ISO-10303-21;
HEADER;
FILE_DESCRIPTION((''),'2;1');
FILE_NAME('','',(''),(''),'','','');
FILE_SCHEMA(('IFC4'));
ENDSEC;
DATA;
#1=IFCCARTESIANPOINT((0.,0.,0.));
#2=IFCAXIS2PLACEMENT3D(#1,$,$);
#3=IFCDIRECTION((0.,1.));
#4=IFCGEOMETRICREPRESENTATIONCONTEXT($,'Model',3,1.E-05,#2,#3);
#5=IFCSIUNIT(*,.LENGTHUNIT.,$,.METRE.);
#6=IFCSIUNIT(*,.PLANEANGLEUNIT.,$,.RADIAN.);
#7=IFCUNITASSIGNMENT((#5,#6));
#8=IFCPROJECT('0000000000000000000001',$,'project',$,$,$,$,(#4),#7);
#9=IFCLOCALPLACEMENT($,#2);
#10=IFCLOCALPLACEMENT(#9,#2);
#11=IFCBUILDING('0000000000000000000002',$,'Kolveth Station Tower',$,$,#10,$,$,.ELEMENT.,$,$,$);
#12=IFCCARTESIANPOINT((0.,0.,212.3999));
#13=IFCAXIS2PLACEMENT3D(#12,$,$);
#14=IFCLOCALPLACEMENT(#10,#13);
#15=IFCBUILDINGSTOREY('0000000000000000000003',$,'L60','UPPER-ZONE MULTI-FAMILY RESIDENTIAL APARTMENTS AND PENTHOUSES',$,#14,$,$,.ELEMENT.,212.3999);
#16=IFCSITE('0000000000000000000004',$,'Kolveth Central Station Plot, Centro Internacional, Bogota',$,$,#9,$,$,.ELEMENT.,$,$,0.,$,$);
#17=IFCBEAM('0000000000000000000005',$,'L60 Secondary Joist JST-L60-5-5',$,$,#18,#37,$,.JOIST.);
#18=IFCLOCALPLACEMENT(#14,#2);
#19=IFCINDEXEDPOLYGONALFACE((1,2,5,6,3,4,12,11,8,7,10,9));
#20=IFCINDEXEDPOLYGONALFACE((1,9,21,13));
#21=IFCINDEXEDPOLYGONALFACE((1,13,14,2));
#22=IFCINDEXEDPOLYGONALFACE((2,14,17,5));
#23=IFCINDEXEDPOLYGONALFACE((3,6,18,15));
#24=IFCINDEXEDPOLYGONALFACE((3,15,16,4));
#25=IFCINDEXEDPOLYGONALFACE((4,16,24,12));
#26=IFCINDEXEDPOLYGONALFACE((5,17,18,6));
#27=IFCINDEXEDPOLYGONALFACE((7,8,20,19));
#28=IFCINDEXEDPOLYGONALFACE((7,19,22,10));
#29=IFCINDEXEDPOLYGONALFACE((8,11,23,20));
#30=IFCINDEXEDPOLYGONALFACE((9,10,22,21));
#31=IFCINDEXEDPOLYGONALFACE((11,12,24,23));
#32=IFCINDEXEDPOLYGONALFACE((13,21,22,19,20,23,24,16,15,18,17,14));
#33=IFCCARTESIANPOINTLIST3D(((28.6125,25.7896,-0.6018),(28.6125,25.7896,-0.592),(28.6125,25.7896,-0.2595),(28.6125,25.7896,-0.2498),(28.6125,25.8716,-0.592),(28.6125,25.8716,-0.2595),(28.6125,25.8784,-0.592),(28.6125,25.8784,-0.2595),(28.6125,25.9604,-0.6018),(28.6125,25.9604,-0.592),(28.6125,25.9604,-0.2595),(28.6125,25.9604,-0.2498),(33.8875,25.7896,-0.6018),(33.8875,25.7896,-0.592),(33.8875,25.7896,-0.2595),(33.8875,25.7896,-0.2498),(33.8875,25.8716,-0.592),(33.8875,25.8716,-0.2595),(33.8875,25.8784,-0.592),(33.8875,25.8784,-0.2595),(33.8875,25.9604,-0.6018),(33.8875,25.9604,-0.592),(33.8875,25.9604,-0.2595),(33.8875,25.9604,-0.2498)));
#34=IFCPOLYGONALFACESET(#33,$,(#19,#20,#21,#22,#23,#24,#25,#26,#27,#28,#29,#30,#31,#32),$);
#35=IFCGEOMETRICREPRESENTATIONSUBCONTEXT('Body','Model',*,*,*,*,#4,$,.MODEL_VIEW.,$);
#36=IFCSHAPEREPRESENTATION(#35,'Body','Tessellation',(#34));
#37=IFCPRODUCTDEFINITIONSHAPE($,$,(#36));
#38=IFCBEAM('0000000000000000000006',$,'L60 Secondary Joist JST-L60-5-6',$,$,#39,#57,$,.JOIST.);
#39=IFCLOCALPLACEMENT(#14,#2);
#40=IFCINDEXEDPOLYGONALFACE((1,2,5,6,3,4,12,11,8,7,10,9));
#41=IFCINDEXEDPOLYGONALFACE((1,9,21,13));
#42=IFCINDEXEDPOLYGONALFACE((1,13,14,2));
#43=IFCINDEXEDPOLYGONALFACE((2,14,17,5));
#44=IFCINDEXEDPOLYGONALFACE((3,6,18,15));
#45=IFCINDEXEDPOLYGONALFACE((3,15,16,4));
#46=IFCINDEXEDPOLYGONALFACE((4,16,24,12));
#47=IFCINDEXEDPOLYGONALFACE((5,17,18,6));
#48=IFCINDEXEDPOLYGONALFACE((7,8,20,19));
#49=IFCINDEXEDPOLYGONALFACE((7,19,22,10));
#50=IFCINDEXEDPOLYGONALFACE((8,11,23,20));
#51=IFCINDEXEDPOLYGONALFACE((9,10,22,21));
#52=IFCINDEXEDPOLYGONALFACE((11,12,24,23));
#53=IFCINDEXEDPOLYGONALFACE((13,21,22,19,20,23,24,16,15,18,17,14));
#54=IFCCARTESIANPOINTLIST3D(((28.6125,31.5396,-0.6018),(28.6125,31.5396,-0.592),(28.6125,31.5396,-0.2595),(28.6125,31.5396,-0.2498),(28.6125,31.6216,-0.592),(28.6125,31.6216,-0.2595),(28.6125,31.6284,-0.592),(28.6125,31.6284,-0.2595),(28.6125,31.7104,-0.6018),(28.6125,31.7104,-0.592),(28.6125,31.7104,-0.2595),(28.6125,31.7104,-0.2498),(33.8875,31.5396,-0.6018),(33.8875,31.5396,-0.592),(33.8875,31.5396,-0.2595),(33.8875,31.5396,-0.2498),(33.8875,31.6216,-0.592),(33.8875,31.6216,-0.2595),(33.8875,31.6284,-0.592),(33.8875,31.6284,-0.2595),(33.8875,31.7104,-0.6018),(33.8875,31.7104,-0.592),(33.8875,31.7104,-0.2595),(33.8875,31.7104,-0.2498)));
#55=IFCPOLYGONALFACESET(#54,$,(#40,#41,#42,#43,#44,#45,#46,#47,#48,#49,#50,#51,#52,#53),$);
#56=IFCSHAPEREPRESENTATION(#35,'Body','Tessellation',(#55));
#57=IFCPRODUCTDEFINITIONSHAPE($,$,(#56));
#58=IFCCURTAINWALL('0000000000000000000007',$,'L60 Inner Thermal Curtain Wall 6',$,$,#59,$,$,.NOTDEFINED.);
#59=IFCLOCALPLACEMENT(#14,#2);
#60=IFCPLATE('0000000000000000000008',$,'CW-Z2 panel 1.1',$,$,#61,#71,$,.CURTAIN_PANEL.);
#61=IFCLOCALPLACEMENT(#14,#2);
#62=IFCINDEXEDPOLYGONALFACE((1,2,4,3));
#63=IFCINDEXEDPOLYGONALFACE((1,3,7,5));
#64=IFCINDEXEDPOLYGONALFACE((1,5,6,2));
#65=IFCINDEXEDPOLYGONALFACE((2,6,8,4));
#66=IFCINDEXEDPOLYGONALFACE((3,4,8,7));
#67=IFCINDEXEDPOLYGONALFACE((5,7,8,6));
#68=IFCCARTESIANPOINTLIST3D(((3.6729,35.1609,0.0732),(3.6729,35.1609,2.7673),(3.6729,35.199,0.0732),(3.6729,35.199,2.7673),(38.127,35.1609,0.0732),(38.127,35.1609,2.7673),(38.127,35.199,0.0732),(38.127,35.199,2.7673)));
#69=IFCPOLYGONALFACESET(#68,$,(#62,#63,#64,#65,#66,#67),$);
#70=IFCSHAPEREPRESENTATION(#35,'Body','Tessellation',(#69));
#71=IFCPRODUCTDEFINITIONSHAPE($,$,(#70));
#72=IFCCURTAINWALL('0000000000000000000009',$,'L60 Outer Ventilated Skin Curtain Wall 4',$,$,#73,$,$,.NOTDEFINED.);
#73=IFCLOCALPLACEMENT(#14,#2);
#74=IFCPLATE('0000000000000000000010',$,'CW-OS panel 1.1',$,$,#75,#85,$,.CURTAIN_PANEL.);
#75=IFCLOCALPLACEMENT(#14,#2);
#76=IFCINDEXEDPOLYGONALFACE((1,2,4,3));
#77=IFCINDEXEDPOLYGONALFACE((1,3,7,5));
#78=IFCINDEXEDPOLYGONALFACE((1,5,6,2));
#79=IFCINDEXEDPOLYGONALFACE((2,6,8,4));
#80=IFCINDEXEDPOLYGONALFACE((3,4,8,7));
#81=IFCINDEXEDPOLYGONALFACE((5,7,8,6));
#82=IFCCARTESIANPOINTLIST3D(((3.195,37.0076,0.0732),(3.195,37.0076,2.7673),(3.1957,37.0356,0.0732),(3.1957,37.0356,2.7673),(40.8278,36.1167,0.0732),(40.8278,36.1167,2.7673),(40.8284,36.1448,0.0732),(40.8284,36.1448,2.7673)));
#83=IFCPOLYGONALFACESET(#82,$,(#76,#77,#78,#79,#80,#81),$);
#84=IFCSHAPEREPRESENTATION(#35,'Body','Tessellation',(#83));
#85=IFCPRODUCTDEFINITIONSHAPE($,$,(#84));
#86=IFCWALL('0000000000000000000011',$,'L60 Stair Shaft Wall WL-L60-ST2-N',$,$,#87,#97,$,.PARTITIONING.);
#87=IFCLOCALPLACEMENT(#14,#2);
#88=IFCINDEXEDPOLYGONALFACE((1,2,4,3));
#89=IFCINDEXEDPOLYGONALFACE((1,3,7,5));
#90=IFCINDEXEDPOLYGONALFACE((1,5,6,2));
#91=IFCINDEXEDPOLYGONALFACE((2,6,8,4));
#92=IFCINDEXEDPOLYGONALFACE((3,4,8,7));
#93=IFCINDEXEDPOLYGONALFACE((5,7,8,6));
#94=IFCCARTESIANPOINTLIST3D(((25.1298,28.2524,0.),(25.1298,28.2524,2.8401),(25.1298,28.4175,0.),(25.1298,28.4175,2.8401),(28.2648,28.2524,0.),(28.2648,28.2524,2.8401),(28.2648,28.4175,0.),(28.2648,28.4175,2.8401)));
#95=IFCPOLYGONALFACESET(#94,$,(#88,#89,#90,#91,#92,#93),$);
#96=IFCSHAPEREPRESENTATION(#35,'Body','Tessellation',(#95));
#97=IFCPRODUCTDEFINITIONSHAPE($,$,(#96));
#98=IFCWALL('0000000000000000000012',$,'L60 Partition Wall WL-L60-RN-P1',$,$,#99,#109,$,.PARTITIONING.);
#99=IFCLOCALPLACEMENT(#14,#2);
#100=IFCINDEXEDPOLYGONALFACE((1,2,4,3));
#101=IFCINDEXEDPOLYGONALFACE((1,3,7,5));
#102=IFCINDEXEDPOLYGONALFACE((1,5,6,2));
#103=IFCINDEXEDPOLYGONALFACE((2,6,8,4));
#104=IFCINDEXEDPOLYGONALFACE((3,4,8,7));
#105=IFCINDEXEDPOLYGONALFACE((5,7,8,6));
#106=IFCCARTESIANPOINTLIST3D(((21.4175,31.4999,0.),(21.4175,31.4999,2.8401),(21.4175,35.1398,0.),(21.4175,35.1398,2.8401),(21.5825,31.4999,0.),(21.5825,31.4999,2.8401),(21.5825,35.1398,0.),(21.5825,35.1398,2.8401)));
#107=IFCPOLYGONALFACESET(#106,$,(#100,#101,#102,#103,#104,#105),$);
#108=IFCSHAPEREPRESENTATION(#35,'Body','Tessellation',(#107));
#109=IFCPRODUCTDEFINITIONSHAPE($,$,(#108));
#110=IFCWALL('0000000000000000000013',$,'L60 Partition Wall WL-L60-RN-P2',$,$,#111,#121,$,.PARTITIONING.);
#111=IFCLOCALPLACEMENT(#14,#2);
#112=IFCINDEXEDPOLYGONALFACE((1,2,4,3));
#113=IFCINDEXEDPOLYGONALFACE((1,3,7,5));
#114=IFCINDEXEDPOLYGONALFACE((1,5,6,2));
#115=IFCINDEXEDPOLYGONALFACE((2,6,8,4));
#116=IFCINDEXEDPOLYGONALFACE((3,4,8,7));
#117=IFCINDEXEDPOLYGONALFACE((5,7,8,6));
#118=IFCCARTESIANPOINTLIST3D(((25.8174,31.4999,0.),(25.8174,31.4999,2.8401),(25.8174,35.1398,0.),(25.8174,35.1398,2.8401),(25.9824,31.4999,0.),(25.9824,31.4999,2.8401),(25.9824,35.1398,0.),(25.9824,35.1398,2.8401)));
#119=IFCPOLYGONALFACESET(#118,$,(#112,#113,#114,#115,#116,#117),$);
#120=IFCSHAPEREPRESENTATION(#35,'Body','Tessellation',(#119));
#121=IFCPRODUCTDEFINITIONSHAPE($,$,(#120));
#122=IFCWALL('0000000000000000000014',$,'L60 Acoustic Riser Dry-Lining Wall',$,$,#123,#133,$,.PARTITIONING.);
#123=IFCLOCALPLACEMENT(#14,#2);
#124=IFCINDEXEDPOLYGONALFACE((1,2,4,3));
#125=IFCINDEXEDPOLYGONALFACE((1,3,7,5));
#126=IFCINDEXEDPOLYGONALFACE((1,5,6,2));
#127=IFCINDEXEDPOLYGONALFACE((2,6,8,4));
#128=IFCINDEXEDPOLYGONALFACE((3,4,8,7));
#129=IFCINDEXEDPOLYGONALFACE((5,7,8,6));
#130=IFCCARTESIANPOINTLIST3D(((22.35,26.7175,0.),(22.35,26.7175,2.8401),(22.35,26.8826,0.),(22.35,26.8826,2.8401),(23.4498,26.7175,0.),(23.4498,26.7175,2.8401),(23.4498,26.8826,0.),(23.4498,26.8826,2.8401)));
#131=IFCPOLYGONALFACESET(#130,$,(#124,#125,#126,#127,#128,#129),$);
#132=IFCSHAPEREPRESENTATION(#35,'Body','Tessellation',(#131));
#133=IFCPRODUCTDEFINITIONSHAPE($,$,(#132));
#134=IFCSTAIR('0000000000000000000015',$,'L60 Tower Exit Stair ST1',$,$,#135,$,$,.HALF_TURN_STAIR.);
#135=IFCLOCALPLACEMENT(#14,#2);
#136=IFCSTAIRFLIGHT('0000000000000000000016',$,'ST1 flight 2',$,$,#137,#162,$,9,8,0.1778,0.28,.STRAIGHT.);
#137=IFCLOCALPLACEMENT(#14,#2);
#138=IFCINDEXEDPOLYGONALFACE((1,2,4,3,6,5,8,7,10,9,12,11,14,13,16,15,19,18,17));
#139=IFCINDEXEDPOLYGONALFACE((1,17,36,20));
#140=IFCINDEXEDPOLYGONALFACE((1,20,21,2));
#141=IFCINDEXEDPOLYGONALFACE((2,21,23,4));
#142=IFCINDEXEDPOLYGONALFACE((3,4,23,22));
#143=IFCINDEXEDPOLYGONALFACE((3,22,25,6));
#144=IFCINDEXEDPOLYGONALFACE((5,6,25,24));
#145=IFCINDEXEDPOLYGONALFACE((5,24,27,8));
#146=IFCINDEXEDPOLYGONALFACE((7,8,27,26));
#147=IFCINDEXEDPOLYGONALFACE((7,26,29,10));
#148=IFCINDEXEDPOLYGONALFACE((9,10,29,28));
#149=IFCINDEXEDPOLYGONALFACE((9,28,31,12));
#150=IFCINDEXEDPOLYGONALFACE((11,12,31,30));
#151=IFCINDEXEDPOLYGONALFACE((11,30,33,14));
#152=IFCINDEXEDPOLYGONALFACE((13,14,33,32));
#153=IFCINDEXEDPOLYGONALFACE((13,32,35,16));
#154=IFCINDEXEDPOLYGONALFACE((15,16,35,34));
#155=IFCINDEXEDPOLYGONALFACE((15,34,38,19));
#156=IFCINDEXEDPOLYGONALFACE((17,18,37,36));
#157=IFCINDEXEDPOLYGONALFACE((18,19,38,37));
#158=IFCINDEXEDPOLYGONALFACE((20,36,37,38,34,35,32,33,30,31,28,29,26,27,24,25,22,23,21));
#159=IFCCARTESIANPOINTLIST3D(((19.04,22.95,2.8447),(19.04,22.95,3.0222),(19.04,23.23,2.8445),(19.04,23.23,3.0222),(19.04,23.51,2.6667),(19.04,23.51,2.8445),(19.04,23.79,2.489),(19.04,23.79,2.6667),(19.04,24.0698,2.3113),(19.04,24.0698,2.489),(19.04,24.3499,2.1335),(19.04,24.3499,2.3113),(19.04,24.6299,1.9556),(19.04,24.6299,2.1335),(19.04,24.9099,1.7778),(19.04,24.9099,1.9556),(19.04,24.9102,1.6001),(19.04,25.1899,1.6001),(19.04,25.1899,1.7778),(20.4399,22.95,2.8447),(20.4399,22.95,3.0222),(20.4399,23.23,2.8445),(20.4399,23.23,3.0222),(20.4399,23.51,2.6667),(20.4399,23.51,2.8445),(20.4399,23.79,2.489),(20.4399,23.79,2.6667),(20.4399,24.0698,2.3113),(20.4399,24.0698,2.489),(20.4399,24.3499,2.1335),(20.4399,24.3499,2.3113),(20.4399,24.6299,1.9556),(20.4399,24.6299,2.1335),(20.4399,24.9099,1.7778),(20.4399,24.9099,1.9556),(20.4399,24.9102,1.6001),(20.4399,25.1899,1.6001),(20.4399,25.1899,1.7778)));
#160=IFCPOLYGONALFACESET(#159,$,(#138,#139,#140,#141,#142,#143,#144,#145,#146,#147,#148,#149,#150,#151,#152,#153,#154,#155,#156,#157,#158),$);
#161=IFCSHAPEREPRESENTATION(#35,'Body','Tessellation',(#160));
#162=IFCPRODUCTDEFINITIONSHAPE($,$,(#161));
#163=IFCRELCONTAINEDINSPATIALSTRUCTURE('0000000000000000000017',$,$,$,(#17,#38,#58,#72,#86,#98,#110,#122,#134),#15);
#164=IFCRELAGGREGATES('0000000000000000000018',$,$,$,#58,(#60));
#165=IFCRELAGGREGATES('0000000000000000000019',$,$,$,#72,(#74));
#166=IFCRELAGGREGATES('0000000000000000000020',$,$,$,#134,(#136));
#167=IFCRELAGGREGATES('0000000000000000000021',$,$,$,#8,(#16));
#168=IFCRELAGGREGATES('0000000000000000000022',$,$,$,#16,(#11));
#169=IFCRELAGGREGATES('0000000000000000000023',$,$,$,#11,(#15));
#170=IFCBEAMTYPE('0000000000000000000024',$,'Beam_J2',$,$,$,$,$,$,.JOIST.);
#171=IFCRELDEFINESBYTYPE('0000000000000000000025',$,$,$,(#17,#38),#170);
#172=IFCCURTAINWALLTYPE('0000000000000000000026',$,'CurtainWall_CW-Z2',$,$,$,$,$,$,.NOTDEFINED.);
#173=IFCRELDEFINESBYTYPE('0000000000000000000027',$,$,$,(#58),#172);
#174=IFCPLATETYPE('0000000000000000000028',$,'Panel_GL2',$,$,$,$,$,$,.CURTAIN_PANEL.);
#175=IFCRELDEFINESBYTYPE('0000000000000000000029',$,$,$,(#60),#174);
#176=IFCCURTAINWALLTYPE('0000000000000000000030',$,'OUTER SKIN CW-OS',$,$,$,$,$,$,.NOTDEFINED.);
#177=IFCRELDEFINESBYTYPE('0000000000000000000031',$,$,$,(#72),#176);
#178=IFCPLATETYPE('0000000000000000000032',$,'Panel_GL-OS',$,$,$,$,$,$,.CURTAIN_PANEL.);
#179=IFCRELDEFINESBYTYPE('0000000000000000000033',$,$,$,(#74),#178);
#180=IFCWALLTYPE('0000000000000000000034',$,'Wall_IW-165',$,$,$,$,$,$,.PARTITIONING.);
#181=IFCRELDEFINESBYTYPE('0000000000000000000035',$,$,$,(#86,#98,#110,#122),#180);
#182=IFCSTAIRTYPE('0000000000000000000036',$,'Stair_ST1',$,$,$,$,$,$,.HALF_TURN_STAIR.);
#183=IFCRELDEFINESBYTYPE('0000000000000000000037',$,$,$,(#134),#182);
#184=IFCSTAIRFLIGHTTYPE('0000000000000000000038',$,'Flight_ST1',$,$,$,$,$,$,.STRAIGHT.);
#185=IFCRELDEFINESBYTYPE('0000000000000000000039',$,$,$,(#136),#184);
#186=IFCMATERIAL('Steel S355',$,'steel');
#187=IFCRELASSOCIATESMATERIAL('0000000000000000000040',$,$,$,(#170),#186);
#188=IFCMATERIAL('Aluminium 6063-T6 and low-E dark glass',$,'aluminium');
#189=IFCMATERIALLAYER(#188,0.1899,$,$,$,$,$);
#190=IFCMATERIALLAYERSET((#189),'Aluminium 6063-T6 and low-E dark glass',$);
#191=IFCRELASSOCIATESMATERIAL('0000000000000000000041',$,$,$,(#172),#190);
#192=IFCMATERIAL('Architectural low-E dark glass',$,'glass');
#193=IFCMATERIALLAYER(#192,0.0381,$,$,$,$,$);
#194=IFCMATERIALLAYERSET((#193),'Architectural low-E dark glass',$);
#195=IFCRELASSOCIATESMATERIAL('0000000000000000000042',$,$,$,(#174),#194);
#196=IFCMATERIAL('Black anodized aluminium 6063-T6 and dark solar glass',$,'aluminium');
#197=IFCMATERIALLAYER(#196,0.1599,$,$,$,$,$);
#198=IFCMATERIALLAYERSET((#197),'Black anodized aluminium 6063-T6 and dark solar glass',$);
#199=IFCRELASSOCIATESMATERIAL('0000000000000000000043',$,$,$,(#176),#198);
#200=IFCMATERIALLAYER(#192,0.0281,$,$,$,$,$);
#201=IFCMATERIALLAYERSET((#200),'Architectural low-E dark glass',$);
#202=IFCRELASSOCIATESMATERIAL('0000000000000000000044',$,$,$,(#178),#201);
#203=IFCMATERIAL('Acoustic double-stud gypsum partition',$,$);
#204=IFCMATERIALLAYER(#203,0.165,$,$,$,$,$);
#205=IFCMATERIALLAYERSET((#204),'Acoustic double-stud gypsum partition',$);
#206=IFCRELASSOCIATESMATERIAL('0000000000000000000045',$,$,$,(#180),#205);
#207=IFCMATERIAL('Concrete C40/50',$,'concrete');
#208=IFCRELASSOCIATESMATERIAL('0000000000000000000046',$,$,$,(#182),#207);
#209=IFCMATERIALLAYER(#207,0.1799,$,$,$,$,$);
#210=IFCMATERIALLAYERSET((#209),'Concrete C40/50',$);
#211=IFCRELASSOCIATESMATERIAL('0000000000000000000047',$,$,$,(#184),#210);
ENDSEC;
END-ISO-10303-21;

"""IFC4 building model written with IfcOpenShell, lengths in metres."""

from ifc_helpers import new_model, si_unit, direction, frame, frame_2d, origin, origin_2d, place, context, subcontext, project, spatial, polyline, rectangle, i_section, outline, extrude, source, transform, mapped, material, layer, layer_set, material_profile, profile_set, type_object, element, aggregate, save


model = new_model("IFC4")

# Units and contexts
model_context = context("Model", 3, precision=1e-05, world=origin(), true_north=direction((0.0, 1.0)))
body_context = subcontext(model_context, "Body", "Model", "MODEL_VIEW")
ifc_project = project(units=[si_unit("LENGTHUNIT", "METRE"), si_unit("PLANEANGLEUNIT", "RADIAN")], contexts=[model_context])

# Site, building, storey
site_placement = place(None, origin())
site = spatial("IfcSite", under=ifc_project, at=site_placement, Name="Kolveth Central Station Plot, Centro Internacional, Bogota", CompositionType="ELEMENT", RefElevation=0.0)
building_placement = place(site_placement, origin())
building = spatial("IfcBuilding", under=site, at=building_placement, Name="Kolveth Station Tower", CompositionType="ELEMENT")
storey_placement = place(building_placement, frame((0.0, 0.0, 212.3999)))
storey = spatial("IfcBuildingStorey", under=building, at=storey_placement, Name="L60", Description="UPPER-ZONE MULTI-FAMILY RESIDENTIAL APARTMENTS AND PENTHOUSES", CompositionType="ELEMENT", Elevation=212.3999)

# Shared definitions
ifc_material_1 = material(Name="Steel S355", Category="steel")

# Beams
ifc_material_profile_1 = material_profile(ifc_material_1, i_section(OverallWidth=0.1709, OverallDepth=0.3521, WebThickness=0.0068, FlangeThickness=0.0098, at=origin_2d()), Name="W360x44")
ifc_profile_set_1 = profile_set([ifc_material_profile_1], Name="Steel S355")
beam_type_1 = type_object("IfcBeamType", Name="Beam_J2", PredefinedType="JOIST", material=ifc_profile_set_1)
shared_shape_1 = source(origin(), body_context, "Body", "SweptSolid", [
    extrude(i_section(OverallWidth=0.1709, OverallDepth=0.3521, WebThickness=0.0068, FlangeThickness=0.0098, at=origin_2d()), origin(), (0.0, 0.0, 1.0), 5.2749),
])
for number, where, z_axis, x_axis, name in (
    (1, (28.6125, 25.875, -0.4258), (1.0, 0.0, 0.0), (0.0, 1.0, 0.0), "L60 Secondary Joist JST-L60-5-5"),
    (2, (28.6125, 31.625, -0.4258), (1.0, 0.0, 0.0), (0.0, 1.0, 0.0), "L60 Secondary Joist JST-L60-5-6"),
):
    element("IfcBeam", number, at=place(storey_placement, frame(where, z_axis=z_axis, x_axis=x_axis)), inside=storey, type_object=beam_type_1, Name=name, PredefinedType="JOIST", context=body_context, shape_type="MappedRepresentation", body=[
        mapped(shared_shape_1, transform((0.0, 0.0, 0.0), x_axis=(1.0, 0.0, 0.0), y_axis=(0.0, 1.0, 0.0), z_axis=(0.0, 0.0, 1.0), scale=1.0)),
    ])

# Curtain walls, plates
ifc_material_2 = material(Name="Aluminium 6063-T6 and low-E dark glass", Category="aluminium")
ifc_layer_1 = layer(ifc_material_2, 0.1899)
ifc_layer_set_1 = layer_set([ifc_layer_1], Name="Aluminium 6063-T6 and low-E dark glass")
curtain_wall_type_1 = type_object("IfcCurtainWallType", Name="CurtainWall_CW-Z2", PredefinedType="NOTDEFINED", material=ifc_layer_set_1)
curtain_wall_1_placement = place(storey_placement, origin())
curtain_wall_1 = element("IfcCurtainWall", 3, at=curtain_wall_1_placement, inside=storey, type_object=curtain_wall_type_1, Name="L60 Inner Thermal Curtain Wall 6", PredefinedType="NOTDEFINED")
ifc_material_3 = material(Name="Architectural low-E dark glass", Category="glass")
ifc_layer_2 = layer(ifc_material_3, 0.0381)
ifc_layer_set_2 = layer_set([ifc_layer_2], Name="Architectural low-E dark glass")
plate_type_1 = type_object("IfcPlateType", Name="Panel_GL2", PredefinedType="CURTAIN_PANEL", material=ifc_layer_set_2)
shared_shape_2 = source(origin(), body_context, "Body", "SweptSolid", [
    extrude(rectangle(XDim=34.4541, YDim=0.0381, at=origin_2d()), origin(), (0.0, 0.0, 1.0), 2.6941),
])
plate_1_placement = place(storey_placement, frame((20.8999, 35.1799, 0.0732), z_axis=(0.0, 0.0, 1.0), x_axis=(-1.0, 0.0, 0.0)))
plate_1 = element("IfcPlate", 4, at=plate_1_placement, type_object=plate_type_1, Name="CW-Z2 panel 1.1", PredefinedType="CURTAIN_PANEL", context=body_context, shape_type="MappedRepresentation", body=[
    mapped(shared_shape_2, transform((0.0, 0.0, 0.0), x_axis=(1.0, 0.0, 0.0), y_axis=(0.0, 1.0, 0.0), z_axis=(0.0, 0.0, 1.0), scale=1.0)),
])
aggregate(curtain_wall_1, [plate_1])
ifc_material_4 = material(Name="Black anodized aluminium 6063-T6 and dark solar glass", Category="aluminium")
ifc_layer_3 = layer(ifc_material_4, 0.1599)
ifc_layer_set_3 = layer_set([ifc_layer_3], Name="Black anodized aluminium 6063-T6 and dark solar glass")
curtain_wall_type_2 = type_object("IfcCurtainWallType", Name="OUTER SKIN CW-OS", PredefinedType="NOTDEFINED", material=ifc_layer_set_3)
curtain_wall_2_placement = place(storey_placement, origin())
curtain_wall_2 = element("IfcCurtainWall", 5, at=curtain_wall_2_placement, inside=storey, type_object=curtain_wall_type_2, Name="L60 Outer Ventilated Skin Curtain Wall 4", PredefinedType="NOTDEFINED")
ifc_layer_4 = layer(ifc_material_3, 0.0281)
ifc_layer_set_4 = layer_set([ifc_layer_4], Name="Architectural low-E dark glass")
plate_type_2 = type_object("IfcPlateType", Name="Panel_GL-OS", PredefinedType="CURTAIN_PANEL", material=ifc_layer_set_4)
shared_shape_3 = source(origin(), body_context, "Body", "SweptSolid", [
    extrude(rectangle(XDim=37.6433, YDim=0.0281, at=origin_2d()), origin(), (0.0, 0.0, 1.0), 2.6941),
])
plate_2_placement = place(storey_placement, frame((22.0117, 36.5762, 0.0732), z_axis=(0.0, 0.0, 1.0), x_axis=(-0.99972, 0.023666, 0.0)))
plate_2 = element("IfcPlate", 6, at=plate_2_placement, type_object=plate_type_2, Name="CW-OS panel 1.1", PredefinedType="CURTAIN_PANEL", context=body_context, shape_type="MappedRepresentation", body=[
    mapped(shared_shape_3, transform((0.0, 0.0, 0.0), x_axis=(1.0, 0.0, 0.0), y_axis=(0.0, 1.0, 0.0), z_axis=(0.0, 0.0, 1.0), scale=1.0)),
])
aggregate(curtain_wall_2, [plate_2])

# Walls
ifc_material_5 = material(Name="Acoustic double-stud gypsum partition")
ifc_layer_5 = layer(ifc_material_5, 0.165)
ifc_layer_set_5 = layer_set([ifc_layer_5], Name="Acoustic double-stud gypsum partition")
wall_type = type_object("IfcWallType", Name="Wall_IW-165", PredefinedType="PARTITIONING", material=ifc_layer_set_5)
wall_1_placement = place(storey_placement, frame((25.1299, 28.335, 0.0), z_axis=(0.0, 0.0, 1.0), x_axis=(1.0, 0.0, 0.0)))
element("IfcWall", 7, at=wall_1_placement, inside=storey, type_object=wall_type, Name="L60 Stair Shaft Wall WL-L60-ST2-N", PredefinedType="PARTITIONING", context=body_context, shape_type="SweptSolid", body=[
    extrude(rectangle(XDim=3.135, YDim=0.165, at=frame_2d((1.5674, 0.0))), origin(), (0.0, 0.0, 1.0), 2.8401),
])
for number, where, z_axis, x_axis, name in (
    (8, (21.5, 31.5, 0.0), (0.0, 0.0, 1.0), (0.0, 1.0, 0.0), "L60 Partition Wall WL-L60-RN-P1"),
    (9, (25.8999, 31.5, 0.0), (0.0, 0.0, 1.0), (0.0, 1.0, 0.0), "L60 Partition Wall WL-L60-RN-P2"),
):
    element("IfcWall", number, at=place(storey_placement, frame(where, z_axis=z_axis, x_axis=x_axis)), inside=storey, type_object=wall_type, Name=name, PredefinedType="PARTITIONING", context=body_context, shape_type="SweptSolid", body=[
        extrude(rectangle(XDim=3.6399, YDim=0.165, at=frame_2d((1.8198, 0.0))), origin(), (0.0, 0.0, 1.0), 2.8401),
    ])
wall_2_placement = place(storey_placement, frame((22.3501, 26.8, 0.0), z_axis=(0.0, 0.0, 1.0), x_axis=(1.0, 0.0, 0.0)))
element("IfcWall", 10, at=wall_2_placement, inside=storey, type_object=wall_type, Name="L60 Acoustic Riser Dry-Lining Wall", PredefinedType="PARTITIONING", context=body_context, shape_type="SweptSolid", body=[
    extrude(rectangle(XDim=1.0999, YDim=0.165, at=frame_2d((0.5498, 0.0))), origin(), (0.0, 0.0, 1.0), 2.8401),
])

# Stair, stair flight
ifc_material_6 = material(Name="Concrete C40/50", Category="concrete")
stair_type_1 = type_object("IfcStairType", Name="Stair_ST1", PredefinedType="HALF_TURN_STAIR", material=ifc_material_6)
stair_1_placement = place(storey_placement, origin())
stair_1 = element("IfcStair", 11, at=stair_1_placement, inside=storey, type_object=stair_type_1, Name="L60 Tower Exit Stair ST1", PredefinedType="HALF_TURN_STAIR")
ifc_layer_6 = layer(ifc_material_6, 0.1799)
ifc_layer_set_6 = layer_set([ifc_layer_6], Name="Concrete C40/50")
stair_flight_type_1 = type_object("IfcStairFlightType", Name="Flight_ST1", PredefinedType="STRAIGHT", material=ifc_layer_set_6)
stair_flight_1_placement = place(storey_placement, frame((19.74, 25.1899, 1.6001), z_axis=(0.0, 0.0, 1.0), x_axis=(0.0, -1.0, 0.0)))
stair_flight_1 = element("IfcStairFlight", 12, at=stair_flight_1_placement, type_object=stair_flight_type_1, Name="ST1 flight 2", NumberOfRisers=9, NumberOfTreads=8, PredefinedType="STRAIGHT", RiserHeight=0.1778, TreadLength=0.28, context=body_context, shape_type="SweptSolid", body=[
    extrude(outline(polyline([(0.0, 0.0), (0.0, 0.1777), (0.28, 0.1777), (0.28, 0.3555), (0.5601, 0.3555), (0.5601, 0.5334), (0.8401, 0.5334), (0.8401, 0.7112), (1.1201, 0.7112), (1.1201, 0.8889), (1.3999, 0.8889), (1.3999, 1.0667), (1.6799, 1.0667), (1.6799, 1.2444), (1.96, 1.2444), (1.96, 1.4221), (2.24, 1.4221), (2.24, 1.6001), (2.24, 1.2446), (0.2798, 0.0), (0.0, 0.0)])), frame((0.0, 0.7, 0.0), z_axis=(0.0, -1.0, 0.0), x_axis=(1.0, 0.0, 0.0)), (0.0, 0.0, 1.0), 1.3999),
])
aggregate(stair_1, [stair_flight_1])

save(model, "model.ifc")
